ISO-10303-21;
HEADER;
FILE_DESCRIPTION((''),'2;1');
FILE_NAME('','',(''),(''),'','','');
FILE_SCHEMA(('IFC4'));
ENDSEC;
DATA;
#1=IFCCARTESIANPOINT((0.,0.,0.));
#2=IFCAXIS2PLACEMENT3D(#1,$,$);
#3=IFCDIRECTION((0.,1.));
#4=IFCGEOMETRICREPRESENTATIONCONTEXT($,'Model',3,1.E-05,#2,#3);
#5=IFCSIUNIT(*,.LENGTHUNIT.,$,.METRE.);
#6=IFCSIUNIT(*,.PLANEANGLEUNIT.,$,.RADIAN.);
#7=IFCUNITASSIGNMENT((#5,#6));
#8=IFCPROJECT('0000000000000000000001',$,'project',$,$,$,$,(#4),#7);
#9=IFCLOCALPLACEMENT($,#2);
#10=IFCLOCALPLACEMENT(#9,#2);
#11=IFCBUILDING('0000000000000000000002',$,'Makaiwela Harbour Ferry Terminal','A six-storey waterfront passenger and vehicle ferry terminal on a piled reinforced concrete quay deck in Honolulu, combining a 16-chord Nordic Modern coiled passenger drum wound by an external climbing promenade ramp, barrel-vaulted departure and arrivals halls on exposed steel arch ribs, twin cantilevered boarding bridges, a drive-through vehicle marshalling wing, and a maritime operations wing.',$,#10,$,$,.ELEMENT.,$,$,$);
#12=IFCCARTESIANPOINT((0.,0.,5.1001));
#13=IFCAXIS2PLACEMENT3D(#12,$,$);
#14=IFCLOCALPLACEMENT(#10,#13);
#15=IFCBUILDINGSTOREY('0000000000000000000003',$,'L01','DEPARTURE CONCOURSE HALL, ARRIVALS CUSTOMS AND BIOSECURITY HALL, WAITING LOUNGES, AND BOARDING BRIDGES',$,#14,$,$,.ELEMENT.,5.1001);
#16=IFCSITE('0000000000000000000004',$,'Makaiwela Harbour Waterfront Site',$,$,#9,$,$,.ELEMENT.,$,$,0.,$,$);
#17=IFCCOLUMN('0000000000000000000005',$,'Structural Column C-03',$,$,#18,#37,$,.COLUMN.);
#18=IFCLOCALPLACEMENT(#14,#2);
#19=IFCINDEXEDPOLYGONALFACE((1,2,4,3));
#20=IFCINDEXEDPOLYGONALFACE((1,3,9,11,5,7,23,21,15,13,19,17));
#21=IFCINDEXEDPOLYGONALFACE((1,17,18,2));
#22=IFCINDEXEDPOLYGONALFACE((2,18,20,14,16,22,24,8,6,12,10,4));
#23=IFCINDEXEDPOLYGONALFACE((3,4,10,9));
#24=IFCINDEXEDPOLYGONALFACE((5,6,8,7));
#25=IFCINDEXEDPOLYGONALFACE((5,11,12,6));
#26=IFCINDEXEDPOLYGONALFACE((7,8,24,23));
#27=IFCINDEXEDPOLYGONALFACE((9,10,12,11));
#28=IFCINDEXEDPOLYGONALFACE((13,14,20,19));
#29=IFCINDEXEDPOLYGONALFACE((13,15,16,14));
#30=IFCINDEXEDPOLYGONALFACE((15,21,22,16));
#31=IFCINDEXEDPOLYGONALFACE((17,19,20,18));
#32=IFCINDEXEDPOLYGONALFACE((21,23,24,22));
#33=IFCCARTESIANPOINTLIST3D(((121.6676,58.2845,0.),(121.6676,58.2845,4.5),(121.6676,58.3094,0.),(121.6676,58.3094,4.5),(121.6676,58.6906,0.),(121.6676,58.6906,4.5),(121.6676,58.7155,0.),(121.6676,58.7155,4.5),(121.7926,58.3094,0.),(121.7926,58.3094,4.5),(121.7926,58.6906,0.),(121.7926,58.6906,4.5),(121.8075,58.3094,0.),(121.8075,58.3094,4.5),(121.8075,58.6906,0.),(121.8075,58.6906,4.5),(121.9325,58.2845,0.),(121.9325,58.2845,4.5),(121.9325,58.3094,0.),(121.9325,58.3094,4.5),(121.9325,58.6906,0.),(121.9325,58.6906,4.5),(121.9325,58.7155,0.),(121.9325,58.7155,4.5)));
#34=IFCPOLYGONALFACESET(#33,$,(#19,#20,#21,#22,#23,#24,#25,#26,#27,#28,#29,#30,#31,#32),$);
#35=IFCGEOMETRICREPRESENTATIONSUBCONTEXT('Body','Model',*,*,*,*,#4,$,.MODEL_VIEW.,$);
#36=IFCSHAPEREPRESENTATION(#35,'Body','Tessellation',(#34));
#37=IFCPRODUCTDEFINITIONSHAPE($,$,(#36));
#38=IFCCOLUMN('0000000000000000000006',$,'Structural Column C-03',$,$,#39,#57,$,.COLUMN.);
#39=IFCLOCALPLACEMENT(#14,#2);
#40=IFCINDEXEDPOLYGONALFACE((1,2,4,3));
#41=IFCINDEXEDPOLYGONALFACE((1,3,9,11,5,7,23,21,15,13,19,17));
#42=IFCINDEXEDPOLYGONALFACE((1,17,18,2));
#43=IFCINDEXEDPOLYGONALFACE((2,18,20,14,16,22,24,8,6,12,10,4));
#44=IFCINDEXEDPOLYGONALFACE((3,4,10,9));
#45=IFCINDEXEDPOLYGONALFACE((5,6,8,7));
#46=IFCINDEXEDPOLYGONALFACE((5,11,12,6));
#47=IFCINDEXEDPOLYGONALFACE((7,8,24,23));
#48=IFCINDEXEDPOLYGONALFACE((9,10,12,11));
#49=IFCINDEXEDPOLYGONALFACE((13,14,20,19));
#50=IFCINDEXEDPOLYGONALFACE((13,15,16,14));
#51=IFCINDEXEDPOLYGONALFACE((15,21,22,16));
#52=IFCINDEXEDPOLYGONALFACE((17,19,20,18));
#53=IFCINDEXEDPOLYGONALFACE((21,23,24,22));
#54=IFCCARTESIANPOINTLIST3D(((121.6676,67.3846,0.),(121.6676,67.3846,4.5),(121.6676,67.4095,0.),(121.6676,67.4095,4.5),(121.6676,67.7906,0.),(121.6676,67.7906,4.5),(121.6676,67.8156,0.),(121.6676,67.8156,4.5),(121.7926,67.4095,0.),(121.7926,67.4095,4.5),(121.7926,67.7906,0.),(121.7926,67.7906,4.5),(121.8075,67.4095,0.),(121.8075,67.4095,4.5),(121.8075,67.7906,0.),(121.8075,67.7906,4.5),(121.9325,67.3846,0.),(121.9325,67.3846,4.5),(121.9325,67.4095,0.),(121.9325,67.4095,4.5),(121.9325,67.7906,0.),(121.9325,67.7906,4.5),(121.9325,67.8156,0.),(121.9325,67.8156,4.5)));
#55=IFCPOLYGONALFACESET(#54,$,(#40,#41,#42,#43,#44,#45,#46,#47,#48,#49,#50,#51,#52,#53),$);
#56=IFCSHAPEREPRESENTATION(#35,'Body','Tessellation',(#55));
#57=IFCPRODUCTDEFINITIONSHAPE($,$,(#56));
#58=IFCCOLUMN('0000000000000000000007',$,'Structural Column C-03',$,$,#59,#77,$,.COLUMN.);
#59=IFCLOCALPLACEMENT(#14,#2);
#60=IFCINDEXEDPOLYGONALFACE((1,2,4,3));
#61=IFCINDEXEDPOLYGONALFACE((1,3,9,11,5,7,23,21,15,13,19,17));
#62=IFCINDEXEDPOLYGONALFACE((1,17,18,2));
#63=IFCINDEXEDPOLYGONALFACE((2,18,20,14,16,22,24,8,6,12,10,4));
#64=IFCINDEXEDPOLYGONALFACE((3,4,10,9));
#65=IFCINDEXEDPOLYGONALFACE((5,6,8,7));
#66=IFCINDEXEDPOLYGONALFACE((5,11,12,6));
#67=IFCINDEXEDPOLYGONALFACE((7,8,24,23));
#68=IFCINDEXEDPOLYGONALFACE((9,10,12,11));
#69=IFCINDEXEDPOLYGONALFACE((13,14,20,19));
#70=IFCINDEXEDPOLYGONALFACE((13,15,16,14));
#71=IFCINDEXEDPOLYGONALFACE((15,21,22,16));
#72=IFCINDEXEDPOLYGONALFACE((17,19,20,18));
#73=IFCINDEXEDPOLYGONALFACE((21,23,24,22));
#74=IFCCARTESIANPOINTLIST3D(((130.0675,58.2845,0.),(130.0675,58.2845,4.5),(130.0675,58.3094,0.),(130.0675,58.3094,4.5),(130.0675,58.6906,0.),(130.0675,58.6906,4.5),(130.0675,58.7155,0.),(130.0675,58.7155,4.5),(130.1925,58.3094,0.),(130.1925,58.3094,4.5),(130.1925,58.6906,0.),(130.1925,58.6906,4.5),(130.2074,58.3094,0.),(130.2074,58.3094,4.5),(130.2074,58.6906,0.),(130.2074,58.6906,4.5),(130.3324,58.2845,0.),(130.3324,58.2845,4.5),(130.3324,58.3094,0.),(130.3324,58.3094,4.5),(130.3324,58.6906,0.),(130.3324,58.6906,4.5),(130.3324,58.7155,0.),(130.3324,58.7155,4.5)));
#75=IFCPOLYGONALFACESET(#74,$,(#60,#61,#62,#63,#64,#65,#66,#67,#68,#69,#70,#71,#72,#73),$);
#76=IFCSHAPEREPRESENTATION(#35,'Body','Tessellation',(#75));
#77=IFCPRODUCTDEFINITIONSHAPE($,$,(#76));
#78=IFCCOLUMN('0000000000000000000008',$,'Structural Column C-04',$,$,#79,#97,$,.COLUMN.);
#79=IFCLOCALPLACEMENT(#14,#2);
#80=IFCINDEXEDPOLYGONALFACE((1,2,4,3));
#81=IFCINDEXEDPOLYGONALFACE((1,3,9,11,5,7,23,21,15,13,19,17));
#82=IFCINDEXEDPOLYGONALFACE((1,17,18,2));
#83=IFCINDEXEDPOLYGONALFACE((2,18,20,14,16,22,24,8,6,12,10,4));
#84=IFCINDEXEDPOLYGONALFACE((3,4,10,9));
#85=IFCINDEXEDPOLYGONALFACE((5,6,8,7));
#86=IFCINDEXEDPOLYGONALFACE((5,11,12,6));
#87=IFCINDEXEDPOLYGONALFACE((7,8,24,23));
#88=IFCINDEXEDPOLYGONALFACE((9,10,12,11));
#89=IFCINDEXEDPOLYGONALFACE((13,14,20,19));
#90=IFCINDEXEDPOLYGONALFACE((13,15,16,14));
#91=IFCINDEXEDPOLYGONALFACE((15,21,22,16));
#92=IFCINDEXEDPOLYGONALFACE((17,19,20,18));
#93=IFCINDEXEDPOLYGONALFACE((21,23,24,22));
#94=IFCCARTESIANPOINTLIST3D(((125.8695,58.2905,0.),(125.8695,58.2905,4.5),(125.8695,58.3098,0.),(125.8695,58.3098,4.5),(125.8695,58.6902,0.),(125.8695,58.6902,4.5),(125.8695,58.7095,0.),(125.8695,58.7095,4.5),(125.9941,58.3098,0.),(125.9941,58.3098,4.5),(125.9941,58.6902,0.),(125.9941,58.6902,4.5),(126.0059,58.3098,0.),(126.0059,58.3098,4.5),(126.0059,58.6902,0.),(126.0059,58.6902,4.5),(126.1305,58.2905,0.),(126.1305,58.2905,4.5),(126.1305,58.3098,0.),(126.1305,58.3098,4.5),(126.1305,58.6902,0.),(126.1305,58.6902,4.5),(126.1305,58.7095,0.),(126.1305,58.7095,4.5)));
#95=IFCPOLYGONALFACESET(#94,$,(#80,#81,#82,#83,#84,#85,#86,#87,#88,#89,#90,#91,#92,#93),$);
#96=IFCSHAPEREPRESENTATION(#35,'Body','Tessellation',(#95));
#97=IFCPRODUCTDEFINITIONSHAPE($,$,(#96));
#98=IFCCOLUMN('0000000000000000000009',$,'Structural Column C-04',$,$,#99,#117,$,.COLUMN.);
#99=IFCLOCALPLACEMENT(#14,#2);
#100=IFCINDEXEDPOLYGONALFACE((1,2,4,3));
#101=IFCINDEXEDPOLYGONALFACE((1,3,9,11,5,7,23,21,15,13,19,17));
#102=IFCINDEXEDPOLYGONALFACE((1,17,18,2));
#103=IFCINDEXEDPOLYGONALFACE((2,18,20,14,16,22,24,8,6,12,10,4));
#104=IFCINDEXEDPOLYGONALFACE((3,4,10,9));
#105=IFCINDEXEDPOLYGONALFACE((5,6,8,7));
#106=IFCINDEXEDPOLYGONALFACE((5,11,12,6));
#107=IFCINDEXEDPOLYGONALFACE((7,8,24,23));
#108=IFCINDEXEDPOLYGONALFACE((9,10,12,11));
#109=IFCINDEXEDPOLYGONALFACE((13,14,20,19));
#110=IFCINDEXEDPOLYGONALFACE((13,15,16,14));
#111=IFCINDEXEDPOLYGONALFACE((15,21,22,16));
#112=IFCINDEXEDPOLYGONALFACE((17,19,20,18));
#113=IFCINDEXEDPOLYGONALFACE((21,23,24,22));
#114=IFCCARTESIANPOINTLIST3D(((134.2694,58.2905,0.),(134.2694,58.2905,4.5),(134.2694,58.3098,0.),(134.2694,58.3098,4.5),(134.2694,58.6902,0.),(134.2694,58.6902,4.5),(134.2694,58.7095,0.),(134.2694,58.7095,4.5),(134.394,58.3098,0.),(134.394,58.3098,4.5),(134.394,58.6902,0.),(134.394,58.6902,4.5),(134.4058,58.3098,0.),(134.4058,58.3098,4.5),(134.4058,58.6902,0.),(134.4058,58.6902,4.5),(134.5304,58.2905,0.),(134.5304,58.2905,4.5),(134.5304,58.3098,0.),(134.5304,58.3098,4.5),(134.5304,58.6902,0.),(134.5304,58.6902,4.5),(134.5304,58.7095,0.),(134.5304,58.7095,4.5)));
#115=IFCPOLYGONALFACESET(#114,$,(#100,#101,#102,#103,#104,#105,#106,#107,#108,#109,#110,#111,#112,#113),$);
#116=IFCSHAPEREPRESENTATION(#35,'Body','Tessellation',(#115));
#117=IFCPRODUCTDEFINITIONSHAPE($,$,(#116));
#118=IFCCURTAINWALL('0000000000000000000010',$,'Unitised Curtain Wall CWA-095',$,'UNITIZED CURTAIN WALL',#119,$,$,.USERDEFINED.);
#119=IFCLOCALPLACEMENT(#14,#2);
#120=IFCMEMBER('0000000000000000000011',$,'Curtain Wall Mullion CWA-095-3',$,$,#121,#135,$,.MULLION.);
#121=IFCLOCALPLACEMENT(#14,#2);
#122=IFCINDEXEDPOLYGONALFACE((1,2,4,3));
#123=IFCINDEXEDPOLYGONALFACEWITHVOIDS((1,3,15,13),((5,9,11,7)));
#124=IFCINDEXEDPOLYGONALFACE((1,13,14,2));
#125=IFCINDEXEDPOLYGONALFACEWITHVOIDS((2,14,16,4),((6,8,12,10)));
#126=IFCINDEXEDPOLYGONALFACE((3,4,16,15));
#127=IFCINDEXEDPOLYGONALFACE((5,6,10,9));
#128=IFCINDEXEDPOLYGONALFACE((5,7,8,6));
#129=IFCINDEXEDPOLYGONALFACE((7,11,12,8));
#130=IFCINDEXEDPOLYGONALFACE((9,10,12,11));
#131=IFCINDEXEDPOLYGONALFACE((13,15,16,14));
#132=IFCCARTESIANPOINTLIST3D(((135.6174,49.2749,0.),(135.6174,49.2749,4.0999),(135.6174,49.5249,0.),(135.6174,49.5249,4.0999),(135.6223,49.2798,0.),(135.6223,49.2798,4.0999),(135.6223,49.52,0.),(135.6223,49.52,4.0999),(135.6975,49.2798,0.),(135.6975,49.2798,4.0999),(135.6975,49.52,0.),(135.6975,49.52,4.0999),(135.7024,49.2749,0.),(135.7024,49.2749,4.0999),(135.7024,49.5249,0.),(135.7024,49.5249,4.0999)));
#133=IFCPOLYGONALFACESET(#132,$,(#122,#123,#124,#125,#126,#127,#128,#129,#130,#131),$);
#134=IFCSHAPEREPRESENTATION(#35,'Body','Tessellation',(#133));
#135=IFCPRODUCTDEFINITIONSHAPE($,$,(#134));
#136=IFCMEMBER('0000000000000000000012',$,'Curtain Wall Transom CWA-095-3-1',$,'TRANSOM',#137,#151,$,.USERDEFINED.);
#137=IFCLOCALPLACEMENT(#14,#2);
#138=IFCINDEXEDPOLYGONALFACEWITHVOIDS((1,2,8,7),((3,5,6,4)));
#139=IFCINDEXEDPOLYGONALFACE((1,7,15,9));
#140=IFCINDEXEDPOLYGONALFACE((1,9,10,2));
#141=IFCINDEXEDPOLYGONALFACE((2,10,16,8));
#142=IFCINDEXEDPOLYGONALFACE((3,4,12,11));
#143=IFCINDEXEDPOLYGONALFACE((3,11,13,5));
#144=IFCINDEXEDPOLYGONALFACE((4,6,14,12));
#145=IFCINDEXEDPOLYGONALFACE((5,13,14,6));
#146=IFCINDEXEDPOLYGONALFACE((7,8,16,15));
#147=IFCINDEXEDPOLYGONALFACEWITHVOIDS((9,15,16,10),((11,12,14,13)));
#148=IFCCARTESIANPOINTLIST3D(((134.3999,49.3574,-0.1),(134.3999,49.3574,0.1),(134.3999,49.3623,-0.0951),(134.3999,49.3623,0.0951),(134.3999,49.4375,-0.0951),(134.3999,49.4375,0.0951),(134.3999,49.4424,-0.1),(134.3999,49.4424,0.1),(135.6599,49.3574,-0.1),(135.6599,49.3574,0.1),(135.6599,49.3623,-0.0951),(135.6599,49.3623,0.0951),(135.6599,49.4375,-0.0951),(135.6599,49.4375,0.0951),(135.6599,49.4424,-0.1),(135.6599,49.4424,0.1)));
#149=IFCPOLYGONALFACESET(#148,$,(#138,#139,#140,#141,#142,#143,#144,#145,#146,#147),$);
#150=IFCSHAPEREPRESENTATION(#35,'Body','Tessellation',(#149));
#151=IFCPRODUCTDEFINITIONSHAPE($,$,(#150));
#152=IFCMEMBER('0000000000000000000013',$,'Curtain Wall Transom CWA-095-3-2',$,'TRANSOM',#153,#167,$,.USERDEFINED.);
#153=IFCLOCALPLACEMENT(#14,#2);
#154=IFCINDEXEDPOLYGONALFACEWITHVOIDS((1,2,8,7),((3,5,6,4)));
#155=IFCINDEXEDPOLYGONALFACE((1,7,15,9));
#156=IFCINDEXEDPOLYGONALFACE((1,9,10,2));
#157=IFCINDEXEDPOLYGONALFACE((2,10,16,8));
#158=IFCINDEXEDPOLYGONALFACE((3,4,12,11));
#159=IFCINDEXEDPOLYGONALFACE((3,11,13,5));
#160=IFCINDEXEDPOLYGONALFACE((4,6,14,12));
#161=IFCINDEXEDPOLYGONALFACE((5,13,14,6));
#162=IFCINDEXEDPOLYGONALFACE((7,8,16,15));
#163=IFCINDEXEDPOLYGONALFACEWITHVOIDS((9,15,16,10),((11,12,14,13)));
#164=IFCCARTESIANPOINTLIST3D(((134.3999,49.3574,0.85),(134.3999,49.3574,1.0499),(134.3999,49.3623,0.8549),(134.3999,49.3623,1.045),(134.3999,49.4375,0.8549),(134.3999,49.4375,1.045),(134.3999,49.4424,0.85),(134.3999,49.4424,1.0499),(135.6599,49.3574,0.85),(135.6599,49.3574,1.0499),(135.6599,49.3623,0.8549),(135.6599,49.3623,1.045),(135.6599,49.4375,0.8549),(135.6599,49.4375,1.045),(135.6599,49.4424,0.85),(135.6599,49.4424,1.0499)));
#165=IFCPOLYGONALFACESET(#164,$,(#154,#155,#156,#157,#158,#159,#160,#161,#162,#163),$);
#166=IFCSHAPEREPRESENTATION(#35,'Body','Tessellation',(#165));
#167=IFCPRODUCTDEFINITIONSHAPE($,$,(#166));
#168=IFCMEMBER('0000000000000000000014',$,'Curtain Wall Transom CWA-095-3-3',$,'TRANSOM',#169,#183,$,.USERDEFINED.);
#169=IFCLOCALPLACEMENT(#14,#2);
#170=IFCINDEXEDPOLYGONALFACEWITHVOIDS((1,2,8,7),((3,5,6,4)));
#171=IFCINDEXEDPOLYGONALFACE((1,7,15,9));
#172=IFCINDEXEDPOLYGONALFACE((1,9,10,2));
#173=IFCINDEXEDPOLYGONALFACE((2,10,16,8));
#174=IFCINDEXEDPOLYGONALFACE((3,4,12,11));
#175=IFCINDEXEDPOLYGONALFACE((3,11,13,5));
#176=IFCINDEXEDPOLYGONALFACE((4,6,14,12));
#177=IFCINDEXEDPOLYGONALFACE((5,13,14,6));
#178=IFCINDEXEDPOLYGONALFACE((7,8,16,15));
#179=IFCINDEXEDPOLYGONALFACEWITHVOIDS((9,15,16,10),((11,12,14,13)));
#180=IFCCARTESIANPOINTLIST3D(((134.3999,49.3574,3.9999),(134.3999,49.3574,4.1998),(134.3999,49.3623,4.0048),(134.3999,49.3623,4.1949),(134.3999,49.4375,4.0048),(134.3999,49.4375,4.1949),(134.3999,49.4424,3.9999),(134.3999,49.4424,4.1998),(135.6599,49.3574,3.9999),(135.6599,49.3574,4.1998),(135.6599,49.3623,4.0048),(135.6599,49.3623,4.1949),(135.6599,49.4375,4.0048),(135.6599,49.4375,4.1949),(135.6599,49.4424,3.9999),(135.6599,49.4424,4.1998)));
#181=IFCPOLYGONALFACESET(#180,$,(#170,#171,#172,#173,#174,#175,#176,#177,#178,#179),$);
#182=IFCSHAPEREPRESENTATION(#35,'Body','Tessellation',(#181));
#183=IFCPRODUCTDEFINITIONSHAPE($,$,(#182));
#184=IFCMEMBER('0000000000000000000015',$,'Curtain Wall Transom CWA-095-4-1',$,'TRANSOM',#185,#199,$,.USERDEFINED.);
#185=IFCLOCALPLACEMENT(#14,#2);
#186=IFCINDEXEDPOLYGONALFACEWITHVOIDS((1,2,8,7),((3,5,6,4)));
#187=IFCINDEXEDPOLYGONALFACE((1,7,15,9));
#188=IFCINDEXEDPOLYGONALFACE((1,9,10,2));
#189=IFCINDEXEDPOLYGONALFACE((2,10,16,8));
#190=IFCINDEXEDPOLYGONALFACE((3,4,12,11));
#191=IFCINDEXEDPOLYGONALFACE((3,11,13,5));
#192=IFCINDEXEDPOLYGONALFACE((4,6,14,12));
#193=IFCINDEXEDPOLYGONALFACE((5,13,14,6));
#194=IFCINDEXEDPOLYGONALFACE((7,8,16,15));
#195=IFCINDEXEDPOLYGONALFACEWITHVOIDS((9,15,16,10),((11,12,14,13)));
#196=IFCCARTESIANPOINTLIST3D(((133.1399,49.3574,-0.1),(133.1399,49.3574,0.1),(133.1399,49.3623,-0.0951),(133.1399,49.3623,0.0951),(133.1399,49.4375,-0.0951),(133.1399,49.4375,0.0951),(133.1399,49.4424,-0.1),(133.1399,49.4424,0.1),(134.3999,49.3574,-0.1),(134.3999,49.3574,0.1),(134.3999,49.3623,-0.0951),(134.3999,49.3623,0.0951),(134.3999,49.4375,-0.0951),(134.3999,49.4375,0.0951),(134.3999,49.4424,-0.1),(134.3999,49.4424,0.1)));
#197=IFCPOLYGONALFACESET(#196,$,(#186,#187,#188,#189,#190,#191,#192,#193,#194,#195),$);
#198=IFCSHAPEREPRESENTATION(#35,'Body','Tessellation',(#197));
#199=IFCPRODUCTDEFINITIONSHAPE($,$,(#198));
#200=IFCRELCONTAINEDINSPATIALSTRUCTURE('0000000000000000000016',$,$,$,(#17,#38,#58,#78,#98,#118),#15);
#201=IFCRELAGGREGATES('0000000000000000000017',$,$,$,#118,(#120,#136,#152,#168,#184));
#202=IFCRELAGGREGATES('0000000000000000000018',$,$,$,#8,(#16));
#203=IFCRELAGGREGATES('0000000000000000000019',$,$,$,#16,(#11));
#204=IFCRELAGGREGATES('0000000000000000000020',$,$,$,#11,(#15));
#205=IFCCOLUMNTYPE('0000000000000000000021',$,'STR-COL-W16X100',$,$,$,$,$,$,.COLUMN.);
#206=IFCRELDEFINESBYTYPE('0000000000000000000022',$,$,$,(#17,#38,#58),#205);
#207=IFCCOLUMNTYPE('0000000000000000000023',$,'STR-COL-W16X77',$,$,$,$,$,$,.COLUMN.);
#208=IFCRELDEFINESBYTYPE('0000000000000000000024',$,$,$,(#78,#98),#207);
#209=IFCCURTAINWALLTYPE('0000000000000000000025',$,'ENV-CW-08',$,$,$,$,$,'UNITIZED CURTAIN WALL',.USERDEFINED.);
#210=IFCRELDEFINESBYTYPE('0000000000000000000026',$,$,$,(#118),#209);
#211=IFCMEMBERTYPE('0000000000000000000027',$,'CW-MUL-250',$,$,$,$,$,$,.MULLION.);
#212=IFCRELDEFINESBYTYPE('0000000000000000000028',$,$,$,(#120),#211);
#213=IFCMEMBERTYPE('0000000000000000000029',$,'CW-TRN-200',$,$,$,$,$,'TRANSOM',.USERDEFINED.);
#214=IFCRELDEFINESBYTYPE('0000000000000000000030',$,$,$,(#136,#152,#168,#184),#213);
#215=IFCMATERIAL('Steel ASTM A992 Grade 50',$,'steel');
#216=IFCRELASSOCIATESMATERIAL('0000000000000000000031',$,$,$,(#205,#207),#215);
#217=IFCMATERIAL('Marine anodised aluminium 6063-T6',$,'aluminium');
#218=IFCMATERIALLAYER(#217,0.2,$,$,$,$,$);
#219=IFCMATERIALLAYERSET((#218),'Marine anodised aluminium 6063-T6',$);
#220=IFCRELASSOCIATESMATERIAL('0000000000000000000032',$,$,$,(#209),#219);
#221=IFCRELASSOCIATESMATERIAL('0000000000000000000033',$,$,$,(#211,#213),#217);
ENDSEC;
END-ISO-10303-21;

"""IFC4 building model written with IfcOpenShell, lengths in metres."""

from ifc_helpers import new_model, si_unit, direction, frame, origin, origin_2d, place, context, subcontext, project, spatial, hollow_rectangle, i_section, extrude, material, layer, layer_set, material_profile, profile_set, type_object, element, aggregate, save


model = new_model("IFC4")

# Units and contexts
model_context = context("Model", 3, precision=1e-05, world=origin(), true_north=direction((0.0, 1.0)))
body_context = subcontext(model_context, "Body", "Model", "MODEL_VIEW")
ifc_project = project(units=[si_unit("LENGTHUNIT", "METRE"), si_unit("PLANEANGLEUNIT", "RADIAN")], contexts=[model_context])

# Site, building, storey
site_placement = place(None, origin())
site = spatial("IfcSite", under=ifc_project, at=site_placement, Name="Makaiwela Harbour Waterfront Site", CompositionType="ELEMENT", RefElevation=0.0)
building_placement = place(site_placement, origin())
building = spatial("IfcBuilding", under=site, at=building_placement, Name="Makaiwela Harbour Ferry Terminal", Description="A six-storey waterfront passenger and vehicle ferry terminal on a piled reinforced concrete quay deck in Honolulu, combining a 16-chord Nordic Modern coiled passenger drum wound by an external climbing promenade ramp, barrel-vaulted departure and arrivals halls on exposed steel arch ribs, twin cantilevered boarding bridges, a drive-through vehicle marshalling wing, and a maritime operations wing.", CompositionType="ELEMENT")
storey_placement = place(building_placement, frame((0.0, 0.0, 5.1001)))
storey = spatial("IfcBuildingStorey", under=building, at=storey_placement, Name="L01", Description="DEPARTURE CONCOURSE HALL, ARRIVALS CUSTOMS AND BIOSECURITY HALL, WAITING LOUNGES, AND BOARDING BRIDGES", CompositionType="ELEMENT", Elevation=5.1001)

# Columns
ifc_material_1 = material(Name="Steel ASTM A992 Grade 50", Category="steel")
ifc_material_profile_1 = material_profile(ifc_material_1, i_section(OverallWidth=0.2649, OverallDepth=0.4309, WebThickness=0.0149, FlangeThickness=0.0249, at=origin_2d()), Name="W16X100")
ifc_profile_set_1 = profile_set([ifc_material_profile_1], Name="Steel ASTM A992 Grade 50")
column_type_1 = type_object("IfcColumnType", Name="STR-COL-W16X100", PredefinedType="COLUMN", material=ifc_profile_set_1)
for number, where, z_axis, x_axis, name in (
    (1, (121.8, 58.5, 0.0), (0.0, 0.0, 1.0), (1.0, 0.0, 0.0), "Structural Column C-03"),
    (2, (121.8, 67.6001, 0.0), (0.0, 0.0, 1.0), (1.0, 0.0, 0.0), "Structural Column C-03"),
    (3, (130.2, 58.5, 0.0), (0.0, 0.0, 1.0), (1.0, 0.0, 0.0), "Structural Column C-03"),
):
    element("IfcColumn", number, at=place(storey_placement, frame(where, z_axis=z_axis, x_axis=x_axis)), inside=storey, type_object=column_type_1, Name=name, PredefinedType="COLUMN", context=body_context, shape_type="SweptSolid", body=[
        extrude(i_section(OverallWidth=0.2649, OverallDepth=0.4309, WebThickness=0.0149, FlangeThickness=0.0249, at=origin_2d()), origin(), (0.0, 0.0, 1.0), 4.5),
    ])
ifc_material_profile_2 = material_profile(ifc_material_1, i_section(OverallWidth=0.261, OverallDepth=0.4189, WebThickness=0.0117, FlangeThickness=0.0193, at=origin_2d()), Name="W16X77")
ifc_profile_set_2 = profile_set([ifc_material_profile_2], Name="Steel ASTM A992 Grade 50")
column_type_2 = type_object("IfcColumnType", Name="STR-COL-W16X77", PredefinedType="COLUMN", material=ifc_profile_set_2)
for number, where, z_axis, x_axis, name in (
    (4, (126.0, 58.5, 0.0), (0.0, 0.0, 1.0), (1.0, 0.0, 0.0), "Structural Column C-04"),
    (5, (134.3999, 58.5, 0.0), (0.0, 0.0, 1.0), (1.0, 0.0, 0.0), "Structural Column C-04"),
):
    element("IfcColumn", number, at=place(storey_placement, frame(where, z_axis=z_axis, x_axis=x_axis)), inside=storey, type_object=column_type_2, Name=name, PredefinedType="COLUMN", context=body_context, shape_type="SweptSolid", body=[
        extrude(i_section(OverallWidth=0.261, OverallDepth=0.4189, WebThickness=0.0117, FlangeThickness=0.0193, at=origin_2d()), origin(), (0.0, 0.0, 1.0), 4.5),
    ])

# Curtain wall, members
ifc_material_2 = material(Name="Marine anodised aluminium 6063-T6", Category="aluminium")
ifc_layer_1 = layer(ifc_material_2, 0.2)
ifc_layer_set_1 = layer_set([ifc_layer_1], Name="Marine anodised aluminium 6063-T6")
curtain_wall_type = type_object("IfcCurtainWallType", Name="ENV-CW-08", ElementType="UNITIZED CURTAIN WALL", PredefinedType="USERDEFINED", material=ifc_layer_set_1)
curtain_wall_placement = place(storey_placement, origin())
curtain_wall = element("IfcCurtainWall", 6, at=curtain_wall_placement, inside=storey, type_object=curtain_wall_type, Name="Unitised Curtain Wall CWA-095", ObjectType="UNITIZED CURTAIN WALL", PredefinedType="USERDEFINED")
ifc_material_profile_3 = material_profile(ifc_material_2, hollow_rectangle(XDim=0.085, YDim=0.25, WallThickness=0.0049, at=origin_2d()), Name="CWM-250X85")
ifc_profile_set_3 = profile_set([ifc_material_profile_3], Name="Marine anodised aluminium 6063-T6")
member_type_1 = type_object("IfcMemberType", Name="CW-MUL-250", PredefinedType="MULLION", material=ifc_profile_set_3)
member_1_placement = place(storey_placement, frame((135.6599, 49.3999, 0.0), z_axis=(0.0, 0.0, 1.0), x_axis=(1.0, 0.0, 0.0)))
member_1 = element("IfcMember", 7, at=member_1_placement, type_object=member_type_1, Name="Curtain Wall Mullion CWA-095-3", PredefinedType="MULLION", context=body_context, shape_type="SweptSolid", body=[
    extrude(hollow_rectangle(XDim=0.085, YDim=0.25, WallThickness=0.0049, at=origin_2d()), origin(), (0.0, 0.0, 1.0), 4.0999),
])
ifc_material_profile_4 = material_profile(ifc_material_2, hollow_rectangle(XDim=0.085, YDim=0.2, WallThickness=0.0049, at=origin_2d()), Name="CWT-200X85")
ifc_profile_set_4 = profile_set([ifc_material_profile_4], Name="Marine anodised aluminium 6063-T6")
member_type_2 = type_object("IfcMemberType", Name="CW-TRN-200", ElementType="TRANSOM", PredefinedType="USERDEFINED", material=ifc_profile_set_4)
member_2_placement = place(storey_placement, frame((135.6599, 49.3999, 0.0), z_axis=(-1.0, 0.0, 0.0), x_axis=(0.0, -1.0, 0.0)))
member_2 = element("IfcMember", 8, at=member_2_placement, type_object=member_type_2, Name="Curtain Wall Transom CWA-095-3-1", ObjectType="TRANSOM", PredefinedType="USERDEFINED", context=body_context, shape_type="SweptSolid", body=[
    extrude(hollow_rectangle(XDim=0.085, YDim=0.2, WallThickness=0.0049, at=origin_2d()), origin(), (0.0, 0.0, 1.0), 1.26),
])
member_3_placement = place(storey_placement, frame((135.6599, 49.3999, 0.95), z_axis=(-1.0, 0.0, 0.0), x_axis=(0.0, -1.0, 0.0)))
member_3 = element("IfcMember", 9, at=member_3_placement, type_object=member_type_2, Name="Curtain Wall Transom CWA-095-3-2", ObjectType="TRANSOM", PredefinedType="USERDEFINED", context=body_context, shape_type="SweptSolid", body=[
    extrude(hollow_rectangle(XDim=0.085, YDim=0.2, WallThickness=0.0049, at=origin_2d()), origin(), (0.0, 0.0, 1.0), 1.26),
])
member_4_placement = place(storey_placement, frame((135.6599, 49.3999, 4.0999), z_axis=(-1.0, 0.0, 0.0), x_axis=(0.0, -1.0, 0.0)))
member_4 = element("IfcMember", 10, at=member_4_placement, type_object=member_type_2, Name="Curtain Wall Transom CWA-095-3-3", ObjectType="TRANSOM", PredefinedType="USERDEFINED", context=body_context, shape_type="SweptSolid", body=[
    extrude(hollow_rectangle(XDim=0.085, YDim=0.2, WallThickness=0.0049, at=origin_2d()), origin(), (0.0, 0.0, 1.0), 1.26),
])
member_5_placement = place(storey_placement, frame((134.3999, 49.3999, 0.0), z_axis=(-1.0, 0.0, 0.0), x_axis=(0.0, -1.0, 0.0)))
member_5 = element("IfcMember", 11, at=member_5_placement, type_object=member_type_2, Name="Curtain Wall Transom CWA-095-4-1", ObjectType="TRANSOM", PredefinedType="USERDEFINED", context=body_context, shape_type="SweptSolid", body=[
    extrude(hollow_rectangle(XDim=0.085, YDim=0.2, WallThickness=0.0049, at=origin_2d()), origin(), (0.0, 0.0, 1.0), 1.26),
])

aggregate(curtain_wall, [member_1, member_2, member_3, member_4, member_5])

save(model, "model.ifc")
